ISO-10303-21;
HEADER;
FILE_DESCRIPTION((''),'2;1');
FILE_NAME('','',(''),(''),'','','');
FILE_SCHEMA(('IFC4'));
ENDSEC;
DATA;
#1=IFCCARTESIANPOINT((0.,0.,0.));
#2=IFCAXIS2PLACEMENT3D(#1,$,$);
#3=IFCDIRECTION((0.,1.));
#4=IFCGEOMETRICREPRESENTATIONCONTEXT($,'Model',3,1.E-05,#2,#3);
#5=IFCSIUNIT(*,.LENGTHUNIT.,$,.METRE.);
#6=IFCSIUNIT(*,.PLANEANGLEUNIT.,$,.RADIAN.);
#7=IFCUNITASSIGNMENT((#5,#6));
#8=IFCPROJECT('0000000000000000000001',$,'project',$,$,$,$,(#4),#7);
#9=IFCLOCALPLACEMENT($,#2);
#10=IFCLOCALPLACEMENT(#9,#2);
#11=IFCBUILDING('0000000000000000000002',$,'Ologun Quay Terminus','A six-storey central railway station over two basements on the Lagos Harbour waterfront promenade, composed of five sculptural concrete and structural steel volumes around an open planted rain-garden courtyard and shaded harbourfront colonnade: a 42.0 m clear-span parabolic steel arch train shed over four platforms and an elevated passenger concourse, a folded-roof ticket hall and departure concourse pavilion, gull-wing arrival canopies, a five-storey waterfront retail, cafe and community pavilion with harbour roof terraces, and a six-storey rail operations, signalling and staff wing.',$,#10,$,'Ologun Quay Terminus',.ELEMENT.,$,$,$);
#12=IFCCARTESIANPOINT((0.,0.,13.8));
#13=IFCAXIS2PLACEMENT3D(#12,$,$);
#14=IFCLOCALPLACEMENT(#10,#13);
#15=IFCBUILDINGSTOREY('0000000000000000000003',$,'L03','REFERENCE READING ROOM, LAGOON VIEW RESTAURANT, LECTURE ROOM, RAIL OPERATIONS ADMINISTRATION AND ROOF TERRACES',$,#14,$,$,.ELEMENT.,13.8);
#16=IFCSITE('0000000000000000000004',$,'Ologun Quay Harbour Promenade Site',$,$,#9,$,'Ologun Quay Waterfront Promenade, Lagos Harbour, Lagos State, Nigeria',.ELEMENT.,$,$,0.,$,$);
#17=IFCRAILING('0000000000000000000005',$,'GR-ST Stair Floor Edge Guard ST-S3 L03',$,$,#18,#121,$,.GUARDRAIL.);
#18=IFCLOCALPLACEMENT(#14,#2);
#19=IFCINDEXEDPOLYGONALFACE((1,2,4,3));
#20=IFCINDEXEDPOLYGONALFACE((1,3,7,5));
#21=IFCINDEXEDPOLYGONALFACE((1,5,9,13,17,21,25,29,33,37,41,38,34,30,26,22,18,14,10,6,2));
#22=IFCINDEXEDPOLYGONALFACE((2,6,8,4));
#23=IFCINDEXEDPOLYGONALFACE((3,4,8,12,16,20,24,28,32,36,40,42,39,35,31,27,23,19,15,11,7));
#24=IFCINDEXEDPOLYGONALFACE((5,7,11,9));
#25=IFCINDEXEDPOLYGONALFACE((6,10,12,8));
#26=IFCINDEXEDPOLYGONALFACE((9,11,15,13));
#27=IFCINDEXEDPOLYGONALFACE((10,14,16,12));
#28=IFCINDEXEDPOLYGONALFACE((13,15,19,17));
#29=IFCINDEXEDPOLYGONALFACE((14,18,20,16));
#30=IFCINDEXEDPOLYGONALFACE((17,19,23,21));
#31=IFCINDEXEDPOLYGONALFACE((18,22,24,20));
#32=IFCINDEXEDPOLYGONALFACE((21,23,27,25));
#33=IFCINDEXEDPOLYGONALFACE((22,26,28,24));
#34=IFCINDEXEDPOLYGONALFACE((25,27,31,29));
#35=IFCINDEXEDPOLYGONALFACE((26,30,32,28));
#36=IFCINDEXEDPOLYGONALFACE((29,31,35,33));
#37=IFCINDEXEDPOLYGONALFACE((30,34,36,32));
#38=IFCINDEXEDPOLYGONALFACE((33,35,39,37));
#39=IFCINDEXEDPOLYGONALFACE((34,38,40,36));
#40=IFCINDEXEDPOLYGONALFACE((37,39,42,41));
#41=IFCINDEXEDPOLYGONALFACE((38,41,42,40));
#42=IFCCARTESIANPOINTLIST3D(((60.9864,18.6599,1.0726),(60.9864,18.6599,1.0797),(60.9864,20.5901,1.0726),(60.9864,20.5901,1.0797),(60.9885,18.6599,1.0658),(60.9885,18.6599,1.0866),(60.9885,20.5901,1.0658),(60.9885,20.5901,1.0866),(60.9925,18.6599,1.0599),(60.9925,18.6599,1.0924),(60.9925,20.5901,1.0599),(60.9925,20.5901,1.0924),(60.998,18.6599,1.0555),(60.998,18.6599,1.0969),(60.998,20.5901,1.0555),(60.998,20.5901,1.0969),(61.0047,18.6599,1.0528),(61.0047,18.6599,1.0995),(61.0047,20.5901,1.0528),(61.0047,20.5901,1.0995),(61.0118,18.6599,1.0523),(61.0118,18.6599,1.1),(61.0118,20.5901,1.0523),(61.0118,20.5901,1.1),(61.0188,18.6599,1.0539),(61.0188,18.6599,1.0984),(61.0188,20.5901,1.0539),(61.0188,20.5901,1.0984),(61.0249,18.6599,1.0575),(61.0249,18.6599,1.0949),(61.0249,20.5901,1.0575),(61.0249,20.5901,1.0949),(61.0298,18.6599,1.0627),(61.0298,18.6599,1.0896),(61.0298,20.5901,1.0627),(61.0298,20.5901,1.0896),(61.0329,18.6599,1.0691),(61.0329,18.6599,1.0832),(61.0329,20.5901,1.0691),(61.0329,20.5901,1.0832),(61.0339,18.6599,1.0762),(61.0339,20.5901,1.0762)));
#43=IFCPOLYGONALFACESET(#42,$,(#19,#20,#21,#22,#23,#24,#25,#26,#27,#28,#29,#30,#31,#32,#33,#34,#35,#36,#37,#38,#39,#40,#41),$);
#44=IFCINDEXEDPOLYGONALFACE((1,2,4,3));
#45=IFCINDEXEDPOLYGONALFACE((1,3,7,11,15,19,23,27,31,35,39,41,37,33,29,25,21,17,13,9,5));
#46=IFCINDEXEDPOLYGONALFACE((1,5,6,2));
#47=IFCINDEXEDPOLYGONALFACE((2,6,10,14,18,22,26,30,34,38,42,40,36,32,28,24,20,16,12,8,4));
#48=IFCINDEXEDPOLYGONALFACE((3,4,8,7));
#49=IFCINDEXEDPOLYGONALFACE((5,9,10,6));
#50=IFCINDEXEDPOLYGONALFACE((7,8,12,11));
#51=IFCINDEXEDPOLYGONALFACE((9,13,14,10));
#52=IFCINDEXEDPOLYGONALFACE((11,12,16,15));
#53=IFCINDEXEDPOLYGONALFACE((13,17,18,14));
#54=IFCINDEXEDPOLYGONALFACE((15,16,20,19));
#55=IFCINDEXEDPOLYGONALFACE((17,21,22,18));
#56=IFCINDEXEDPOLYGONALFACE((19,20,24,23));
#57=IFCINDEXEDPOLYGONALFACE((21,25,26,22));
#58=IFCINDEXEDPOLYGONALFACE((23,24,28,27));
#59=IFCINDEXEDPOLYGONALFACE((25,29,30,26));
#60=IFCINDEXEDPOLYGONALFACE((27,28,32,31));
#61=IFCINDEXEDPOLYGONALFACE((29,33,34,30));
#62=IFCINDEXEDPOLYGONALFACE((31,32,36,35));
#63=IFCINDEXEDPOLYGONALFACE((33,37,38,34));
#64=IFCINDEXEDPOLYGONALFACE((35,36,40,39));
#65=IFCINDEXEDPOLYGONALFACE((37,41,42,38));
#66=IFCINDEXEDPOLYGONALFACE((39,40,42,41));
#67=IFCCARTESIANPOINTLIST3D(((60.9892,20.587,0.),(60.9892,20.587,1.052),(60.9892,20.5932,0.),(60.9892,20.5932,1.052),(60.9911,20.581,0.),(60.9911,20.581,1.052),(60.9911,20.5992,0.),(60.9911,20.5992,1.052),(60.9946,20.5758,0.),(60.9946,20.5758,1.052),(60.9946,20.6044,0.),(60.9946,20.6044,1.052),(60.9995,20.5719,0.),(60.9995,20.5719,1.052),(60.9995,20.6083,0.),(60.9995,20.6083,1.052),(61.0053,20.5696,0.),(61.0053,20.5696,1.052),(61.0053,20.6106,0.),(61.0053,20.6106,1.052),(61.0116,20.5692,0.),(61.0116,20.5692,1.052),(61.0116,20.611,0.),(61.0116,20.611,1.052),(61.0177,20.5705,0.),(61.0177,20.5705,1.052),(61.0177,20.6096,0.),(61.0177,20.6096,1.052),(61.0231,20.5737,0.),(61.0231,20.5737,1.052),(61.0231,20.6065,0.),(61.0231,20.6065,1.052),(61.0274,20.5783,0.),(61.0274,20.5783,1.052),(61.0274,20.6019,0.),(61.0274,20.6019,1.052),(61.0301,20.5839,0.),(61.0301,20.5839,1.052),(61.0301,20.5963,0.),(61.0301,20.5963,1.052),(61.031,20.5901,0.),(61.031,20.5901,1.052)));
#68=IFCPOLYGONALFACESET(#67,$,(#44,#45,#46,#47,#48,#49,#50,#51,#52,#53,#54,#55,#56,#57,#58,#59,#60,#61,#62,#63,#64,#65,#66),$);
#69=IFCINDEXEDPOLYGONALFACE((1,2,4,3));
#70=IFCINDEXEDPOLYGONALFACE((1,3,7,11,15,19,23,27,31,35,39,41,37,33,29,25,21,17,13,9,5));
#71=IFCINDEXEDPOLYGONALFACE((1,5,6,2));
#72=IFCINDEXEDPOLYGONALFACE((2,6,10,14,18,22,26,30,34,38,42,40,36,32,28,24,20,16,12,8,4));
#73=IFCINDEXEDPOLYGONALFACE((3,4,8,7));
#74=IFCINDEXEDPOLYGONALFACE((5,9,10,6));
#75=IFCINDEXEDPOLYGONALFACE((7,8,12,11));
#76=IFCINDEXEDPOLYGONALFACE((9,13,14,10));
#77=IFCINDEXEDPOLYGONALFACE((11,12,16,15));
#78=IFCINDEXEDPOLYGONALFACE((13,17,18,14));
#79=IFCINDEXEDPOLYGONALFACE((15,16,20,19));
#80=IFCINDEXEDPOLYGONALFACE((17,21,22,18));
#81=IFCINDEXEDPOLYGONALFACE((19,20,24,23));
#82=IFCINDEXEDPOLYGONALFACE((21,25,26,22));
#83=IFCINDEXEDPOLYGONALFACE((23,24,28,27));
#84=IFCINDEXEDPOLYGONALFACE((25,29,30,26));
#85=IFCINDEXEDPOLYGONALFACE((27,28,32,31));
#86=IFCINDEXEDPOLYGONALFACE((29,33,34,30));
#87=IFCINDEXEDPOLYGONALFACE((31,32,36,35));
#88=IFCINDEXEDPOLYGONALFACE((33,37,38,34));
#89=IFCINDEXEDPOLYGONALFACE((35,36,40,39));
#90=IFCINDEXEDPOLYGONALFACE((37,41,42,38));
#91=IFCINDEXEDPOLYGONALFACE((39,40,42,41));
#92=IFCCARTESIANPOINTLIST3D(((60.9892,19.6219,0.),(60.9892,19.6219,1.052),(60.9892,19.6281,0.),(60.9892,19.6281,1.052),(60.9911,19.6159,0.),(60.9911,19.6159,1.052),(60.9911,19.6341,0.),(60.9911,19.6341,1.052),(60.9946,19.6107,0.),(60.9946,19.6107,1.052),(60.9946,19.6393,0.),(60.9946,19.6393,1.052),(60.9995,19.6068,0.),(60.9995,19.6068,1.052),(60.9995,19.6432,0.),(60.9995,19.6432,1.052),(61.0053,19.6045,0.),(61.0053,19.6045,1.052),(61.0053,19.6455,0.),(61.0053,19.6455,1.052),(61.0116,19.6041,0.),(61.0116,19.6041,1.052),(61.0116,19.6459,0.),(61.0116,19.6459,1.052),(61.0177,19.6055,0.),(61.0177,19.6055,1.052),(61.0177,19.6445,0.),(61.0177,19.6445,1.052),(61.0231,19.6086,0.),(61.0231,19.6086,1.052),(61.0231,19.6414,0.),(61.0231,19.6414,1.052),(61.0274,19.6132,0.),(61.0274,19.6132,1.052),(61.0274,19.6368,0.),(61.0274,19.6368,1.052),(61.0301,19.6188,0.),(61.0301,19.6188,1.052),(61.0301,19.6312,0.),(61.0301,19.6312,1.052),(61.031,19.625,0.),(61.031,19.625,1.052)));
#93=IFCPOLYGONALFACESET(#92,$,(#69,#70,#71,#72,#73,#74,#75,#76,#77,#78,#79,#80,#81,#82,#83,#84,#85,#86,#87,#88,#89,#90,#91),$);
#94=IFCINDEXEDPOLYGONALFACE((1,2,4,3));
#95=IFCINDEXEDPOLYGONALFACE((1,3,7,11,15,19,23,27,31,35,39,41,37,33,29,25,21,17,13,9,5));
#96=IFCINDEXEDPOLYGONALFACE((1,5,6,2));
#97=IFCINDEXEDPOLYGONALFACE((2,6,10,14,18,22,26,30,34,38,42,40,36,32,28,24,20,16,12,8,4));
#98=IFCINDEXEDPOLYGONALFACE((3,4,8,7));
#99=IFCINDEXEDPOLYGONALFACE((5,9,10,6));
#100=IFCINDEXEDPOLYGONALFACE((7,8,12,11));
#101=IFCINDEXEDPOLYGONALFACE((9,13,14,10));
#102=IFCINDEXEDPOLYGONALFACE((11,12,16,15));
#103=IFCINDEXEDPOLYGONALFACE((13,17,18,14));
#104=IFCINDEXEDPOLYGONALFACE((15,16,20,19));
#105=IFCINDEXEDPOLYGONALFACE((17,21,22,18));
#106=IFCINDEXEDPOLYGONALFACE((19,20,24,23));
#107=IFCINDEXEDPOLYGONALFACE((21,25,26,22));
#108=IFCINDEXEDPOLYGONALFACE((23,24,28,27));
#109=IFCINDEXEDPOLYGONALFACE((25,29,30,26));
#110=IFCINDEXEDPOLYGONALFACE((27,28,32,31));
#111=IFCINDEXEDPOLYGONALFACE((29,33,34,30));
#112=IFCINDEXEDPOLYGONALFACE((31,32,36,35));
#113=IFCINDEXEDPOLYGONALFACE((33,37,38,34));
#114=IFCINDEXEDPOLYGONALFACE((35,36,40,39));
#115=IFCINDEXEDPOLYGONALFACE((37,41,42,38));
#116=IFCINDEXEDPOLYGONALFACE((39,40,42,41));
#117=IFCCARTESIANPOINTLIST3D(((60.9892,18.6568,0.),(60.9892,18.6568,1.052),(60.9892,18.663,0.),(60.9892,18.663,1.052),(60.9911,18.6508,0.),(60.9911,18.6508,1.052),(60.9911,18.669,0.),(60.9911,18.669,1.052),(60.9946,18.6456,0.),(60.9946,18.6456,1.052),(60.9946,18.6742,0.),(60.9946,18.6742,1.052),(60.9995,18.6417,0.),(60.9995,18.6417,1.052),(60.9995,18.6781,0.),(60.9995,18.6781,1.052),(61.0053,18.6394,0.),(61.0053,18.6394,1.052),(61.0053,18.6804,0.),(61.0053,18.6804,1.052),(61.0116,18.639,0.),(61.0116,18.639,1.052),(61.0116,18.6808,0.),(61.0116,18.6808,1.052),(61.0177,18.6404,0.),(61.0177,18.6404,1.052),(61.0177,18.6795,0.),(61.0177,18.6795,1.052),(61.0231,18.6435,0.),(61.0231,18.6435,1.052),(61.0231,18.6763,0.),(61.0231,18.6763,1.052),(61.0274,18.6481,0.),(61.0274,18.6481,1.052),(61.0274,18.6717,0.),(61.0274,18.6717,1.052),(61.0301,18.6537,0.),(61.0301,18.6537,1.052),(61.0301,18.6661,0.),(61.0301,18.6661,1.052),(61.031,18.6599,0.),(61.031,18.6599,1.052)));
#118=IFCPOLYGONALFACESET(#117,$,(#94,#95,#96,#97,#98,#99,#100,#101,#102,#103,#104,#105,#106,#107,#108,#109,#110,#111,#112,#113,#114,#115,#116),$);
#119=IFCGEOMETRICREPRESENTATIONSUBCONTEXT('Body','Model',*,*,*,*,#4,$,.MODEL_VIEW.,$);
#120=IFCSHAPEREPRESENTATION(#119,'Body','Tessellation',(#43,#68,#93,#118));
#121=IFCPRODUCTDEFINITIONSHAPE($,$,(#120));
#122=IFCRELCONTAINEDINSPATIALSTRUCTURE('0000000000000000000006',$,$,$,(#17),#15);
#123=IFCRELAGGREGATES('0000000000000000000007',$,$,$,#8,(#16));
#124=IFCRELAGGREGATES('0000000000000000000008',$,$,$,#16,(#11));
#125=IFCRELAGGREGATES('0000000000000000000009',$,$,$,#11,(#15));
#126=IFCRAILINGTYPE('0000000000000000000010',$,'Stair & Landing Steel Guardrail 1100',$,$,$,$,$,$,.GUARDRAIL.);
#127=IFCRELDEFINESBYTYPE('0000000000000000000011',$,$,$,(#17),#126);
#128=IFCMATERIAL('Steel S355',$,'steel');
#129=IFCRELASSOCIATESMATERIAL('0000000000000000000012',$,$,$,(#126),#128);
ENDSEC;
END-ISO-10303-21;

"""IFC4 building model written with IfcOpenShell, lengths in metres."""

from ifc_helpers import new_model, si_unit, direction, frame, origin, origin_2d, place, context, subcontext, project, spatial, circle, extrude, material, type_object, element, save


model = new_model("IFC4")

# Units and contexts
model_context = context("Model", 3, precision=1e-05, world=origin(), true_north=direction((0.0, 1.0)))
body_context = subcontext(model_context, "Body", "Model", "MODEL_VIEW")
ifc_project = project(units=[si_unit("LENGTHUNIT", "METRE"), si_unit("PLANEANGLEUNIT", "RADIAN")], contexts=[model_context])

# Site, building, storey
site_placement = place(None, origin())
site = spatial("IfcSite", under=ifc_project, at=site_placement, Name="Ologun Quay Harbour Promenade Site", LongName="Ologun Quay Waterfront Promenade, Lagos Harbour, Lagos State, Nigeria", CompositionType="ELEMENT", RefElevation=0.0)
building_placement = place(site_placement, origin())
building = spatial("IfcBuilding", under=site, at=building_placement, Name="Ologun Quay Terminus", Description="A six-storey central railway station over two basements on the Lagos Harbour waterfront promenade, composed of five sculptural concrete and structural steel volumes around an open planted rain-garden courtyard and shaded harbourfront colonnade: a 42.0 m clear-span parabolic steel arch train shed over four platforms and an elevated passenger concourse, a folded-roof ticket hall and departure concourse pavilion, gull-wing arrival canopies, a five-storey waterfront retail, cafe and community pavilion with harbour roof terraces, and a six-storey rail operations, signalling and staff wing.", LongName="Ologun Quay Terminus", CompositionType="ELEMENT")
storey_placement = place(building_placement, frame((0.0, 0.0, 13.8)))
storey = spatial("IfcBuildingStorey", under=building, at=storey_placement, Name="L03", Description="REFERENCE READING ROOM, LAGOON VIEW RESTAURANT, LECTURE ROOM, RAIL OPERATIONS ADMINISTRATION AND ROOF TERRACES", CompositionType="ELEMENT", Elevation=13.8)

# Railing
ifc_material_1 = material(Name="Steel S355", Category="steel")
railing_type = type_object("IfcRailingType", Name="Stair & Landing Steel Guardrail 1100", PredefinedType="GUARDRAIL", material=ifc_material_1)
railing_placement = place(storey_placement, frame((61.01, 20.5901, 0.0)))
element("IfcRailing", 1, at=railing_placement, inside=storey, type_object=railing_type, Name="GR-ST Stair Floor Edge Guard ST-S3 L03", PredefinedType="GUARDRAIL", context=body_context, shape_type="SweptSolid", body=[
    extrude(circle(Radius=0.0239, at=origin_2d()), frame((0.0, 0.0, 1.0762), z_axis=(0.0, -1.0, 0.0), x_axis=(1.0, 0.0, 0.0)), (0.0, 0.0, 1.0), 1.9302),
    extrude(circle(Radius=0.021, at=origin_2d()), origin(), (0.0, 0.0, 1.0), 1.052),
    extrude(circle(Radius=0.021, at=origin_2d()), frame((0.0, -0.9651, 0.0)), (0.0, 0.0, 1.0), 1.052),
    extrude(circle(Radius=0.021, at=origin_2d()), frame((0.0, -1.9302, 0.0)), (0.0, 0.0, 1.0), 1.052),
])

save(model, "model.ifc")
